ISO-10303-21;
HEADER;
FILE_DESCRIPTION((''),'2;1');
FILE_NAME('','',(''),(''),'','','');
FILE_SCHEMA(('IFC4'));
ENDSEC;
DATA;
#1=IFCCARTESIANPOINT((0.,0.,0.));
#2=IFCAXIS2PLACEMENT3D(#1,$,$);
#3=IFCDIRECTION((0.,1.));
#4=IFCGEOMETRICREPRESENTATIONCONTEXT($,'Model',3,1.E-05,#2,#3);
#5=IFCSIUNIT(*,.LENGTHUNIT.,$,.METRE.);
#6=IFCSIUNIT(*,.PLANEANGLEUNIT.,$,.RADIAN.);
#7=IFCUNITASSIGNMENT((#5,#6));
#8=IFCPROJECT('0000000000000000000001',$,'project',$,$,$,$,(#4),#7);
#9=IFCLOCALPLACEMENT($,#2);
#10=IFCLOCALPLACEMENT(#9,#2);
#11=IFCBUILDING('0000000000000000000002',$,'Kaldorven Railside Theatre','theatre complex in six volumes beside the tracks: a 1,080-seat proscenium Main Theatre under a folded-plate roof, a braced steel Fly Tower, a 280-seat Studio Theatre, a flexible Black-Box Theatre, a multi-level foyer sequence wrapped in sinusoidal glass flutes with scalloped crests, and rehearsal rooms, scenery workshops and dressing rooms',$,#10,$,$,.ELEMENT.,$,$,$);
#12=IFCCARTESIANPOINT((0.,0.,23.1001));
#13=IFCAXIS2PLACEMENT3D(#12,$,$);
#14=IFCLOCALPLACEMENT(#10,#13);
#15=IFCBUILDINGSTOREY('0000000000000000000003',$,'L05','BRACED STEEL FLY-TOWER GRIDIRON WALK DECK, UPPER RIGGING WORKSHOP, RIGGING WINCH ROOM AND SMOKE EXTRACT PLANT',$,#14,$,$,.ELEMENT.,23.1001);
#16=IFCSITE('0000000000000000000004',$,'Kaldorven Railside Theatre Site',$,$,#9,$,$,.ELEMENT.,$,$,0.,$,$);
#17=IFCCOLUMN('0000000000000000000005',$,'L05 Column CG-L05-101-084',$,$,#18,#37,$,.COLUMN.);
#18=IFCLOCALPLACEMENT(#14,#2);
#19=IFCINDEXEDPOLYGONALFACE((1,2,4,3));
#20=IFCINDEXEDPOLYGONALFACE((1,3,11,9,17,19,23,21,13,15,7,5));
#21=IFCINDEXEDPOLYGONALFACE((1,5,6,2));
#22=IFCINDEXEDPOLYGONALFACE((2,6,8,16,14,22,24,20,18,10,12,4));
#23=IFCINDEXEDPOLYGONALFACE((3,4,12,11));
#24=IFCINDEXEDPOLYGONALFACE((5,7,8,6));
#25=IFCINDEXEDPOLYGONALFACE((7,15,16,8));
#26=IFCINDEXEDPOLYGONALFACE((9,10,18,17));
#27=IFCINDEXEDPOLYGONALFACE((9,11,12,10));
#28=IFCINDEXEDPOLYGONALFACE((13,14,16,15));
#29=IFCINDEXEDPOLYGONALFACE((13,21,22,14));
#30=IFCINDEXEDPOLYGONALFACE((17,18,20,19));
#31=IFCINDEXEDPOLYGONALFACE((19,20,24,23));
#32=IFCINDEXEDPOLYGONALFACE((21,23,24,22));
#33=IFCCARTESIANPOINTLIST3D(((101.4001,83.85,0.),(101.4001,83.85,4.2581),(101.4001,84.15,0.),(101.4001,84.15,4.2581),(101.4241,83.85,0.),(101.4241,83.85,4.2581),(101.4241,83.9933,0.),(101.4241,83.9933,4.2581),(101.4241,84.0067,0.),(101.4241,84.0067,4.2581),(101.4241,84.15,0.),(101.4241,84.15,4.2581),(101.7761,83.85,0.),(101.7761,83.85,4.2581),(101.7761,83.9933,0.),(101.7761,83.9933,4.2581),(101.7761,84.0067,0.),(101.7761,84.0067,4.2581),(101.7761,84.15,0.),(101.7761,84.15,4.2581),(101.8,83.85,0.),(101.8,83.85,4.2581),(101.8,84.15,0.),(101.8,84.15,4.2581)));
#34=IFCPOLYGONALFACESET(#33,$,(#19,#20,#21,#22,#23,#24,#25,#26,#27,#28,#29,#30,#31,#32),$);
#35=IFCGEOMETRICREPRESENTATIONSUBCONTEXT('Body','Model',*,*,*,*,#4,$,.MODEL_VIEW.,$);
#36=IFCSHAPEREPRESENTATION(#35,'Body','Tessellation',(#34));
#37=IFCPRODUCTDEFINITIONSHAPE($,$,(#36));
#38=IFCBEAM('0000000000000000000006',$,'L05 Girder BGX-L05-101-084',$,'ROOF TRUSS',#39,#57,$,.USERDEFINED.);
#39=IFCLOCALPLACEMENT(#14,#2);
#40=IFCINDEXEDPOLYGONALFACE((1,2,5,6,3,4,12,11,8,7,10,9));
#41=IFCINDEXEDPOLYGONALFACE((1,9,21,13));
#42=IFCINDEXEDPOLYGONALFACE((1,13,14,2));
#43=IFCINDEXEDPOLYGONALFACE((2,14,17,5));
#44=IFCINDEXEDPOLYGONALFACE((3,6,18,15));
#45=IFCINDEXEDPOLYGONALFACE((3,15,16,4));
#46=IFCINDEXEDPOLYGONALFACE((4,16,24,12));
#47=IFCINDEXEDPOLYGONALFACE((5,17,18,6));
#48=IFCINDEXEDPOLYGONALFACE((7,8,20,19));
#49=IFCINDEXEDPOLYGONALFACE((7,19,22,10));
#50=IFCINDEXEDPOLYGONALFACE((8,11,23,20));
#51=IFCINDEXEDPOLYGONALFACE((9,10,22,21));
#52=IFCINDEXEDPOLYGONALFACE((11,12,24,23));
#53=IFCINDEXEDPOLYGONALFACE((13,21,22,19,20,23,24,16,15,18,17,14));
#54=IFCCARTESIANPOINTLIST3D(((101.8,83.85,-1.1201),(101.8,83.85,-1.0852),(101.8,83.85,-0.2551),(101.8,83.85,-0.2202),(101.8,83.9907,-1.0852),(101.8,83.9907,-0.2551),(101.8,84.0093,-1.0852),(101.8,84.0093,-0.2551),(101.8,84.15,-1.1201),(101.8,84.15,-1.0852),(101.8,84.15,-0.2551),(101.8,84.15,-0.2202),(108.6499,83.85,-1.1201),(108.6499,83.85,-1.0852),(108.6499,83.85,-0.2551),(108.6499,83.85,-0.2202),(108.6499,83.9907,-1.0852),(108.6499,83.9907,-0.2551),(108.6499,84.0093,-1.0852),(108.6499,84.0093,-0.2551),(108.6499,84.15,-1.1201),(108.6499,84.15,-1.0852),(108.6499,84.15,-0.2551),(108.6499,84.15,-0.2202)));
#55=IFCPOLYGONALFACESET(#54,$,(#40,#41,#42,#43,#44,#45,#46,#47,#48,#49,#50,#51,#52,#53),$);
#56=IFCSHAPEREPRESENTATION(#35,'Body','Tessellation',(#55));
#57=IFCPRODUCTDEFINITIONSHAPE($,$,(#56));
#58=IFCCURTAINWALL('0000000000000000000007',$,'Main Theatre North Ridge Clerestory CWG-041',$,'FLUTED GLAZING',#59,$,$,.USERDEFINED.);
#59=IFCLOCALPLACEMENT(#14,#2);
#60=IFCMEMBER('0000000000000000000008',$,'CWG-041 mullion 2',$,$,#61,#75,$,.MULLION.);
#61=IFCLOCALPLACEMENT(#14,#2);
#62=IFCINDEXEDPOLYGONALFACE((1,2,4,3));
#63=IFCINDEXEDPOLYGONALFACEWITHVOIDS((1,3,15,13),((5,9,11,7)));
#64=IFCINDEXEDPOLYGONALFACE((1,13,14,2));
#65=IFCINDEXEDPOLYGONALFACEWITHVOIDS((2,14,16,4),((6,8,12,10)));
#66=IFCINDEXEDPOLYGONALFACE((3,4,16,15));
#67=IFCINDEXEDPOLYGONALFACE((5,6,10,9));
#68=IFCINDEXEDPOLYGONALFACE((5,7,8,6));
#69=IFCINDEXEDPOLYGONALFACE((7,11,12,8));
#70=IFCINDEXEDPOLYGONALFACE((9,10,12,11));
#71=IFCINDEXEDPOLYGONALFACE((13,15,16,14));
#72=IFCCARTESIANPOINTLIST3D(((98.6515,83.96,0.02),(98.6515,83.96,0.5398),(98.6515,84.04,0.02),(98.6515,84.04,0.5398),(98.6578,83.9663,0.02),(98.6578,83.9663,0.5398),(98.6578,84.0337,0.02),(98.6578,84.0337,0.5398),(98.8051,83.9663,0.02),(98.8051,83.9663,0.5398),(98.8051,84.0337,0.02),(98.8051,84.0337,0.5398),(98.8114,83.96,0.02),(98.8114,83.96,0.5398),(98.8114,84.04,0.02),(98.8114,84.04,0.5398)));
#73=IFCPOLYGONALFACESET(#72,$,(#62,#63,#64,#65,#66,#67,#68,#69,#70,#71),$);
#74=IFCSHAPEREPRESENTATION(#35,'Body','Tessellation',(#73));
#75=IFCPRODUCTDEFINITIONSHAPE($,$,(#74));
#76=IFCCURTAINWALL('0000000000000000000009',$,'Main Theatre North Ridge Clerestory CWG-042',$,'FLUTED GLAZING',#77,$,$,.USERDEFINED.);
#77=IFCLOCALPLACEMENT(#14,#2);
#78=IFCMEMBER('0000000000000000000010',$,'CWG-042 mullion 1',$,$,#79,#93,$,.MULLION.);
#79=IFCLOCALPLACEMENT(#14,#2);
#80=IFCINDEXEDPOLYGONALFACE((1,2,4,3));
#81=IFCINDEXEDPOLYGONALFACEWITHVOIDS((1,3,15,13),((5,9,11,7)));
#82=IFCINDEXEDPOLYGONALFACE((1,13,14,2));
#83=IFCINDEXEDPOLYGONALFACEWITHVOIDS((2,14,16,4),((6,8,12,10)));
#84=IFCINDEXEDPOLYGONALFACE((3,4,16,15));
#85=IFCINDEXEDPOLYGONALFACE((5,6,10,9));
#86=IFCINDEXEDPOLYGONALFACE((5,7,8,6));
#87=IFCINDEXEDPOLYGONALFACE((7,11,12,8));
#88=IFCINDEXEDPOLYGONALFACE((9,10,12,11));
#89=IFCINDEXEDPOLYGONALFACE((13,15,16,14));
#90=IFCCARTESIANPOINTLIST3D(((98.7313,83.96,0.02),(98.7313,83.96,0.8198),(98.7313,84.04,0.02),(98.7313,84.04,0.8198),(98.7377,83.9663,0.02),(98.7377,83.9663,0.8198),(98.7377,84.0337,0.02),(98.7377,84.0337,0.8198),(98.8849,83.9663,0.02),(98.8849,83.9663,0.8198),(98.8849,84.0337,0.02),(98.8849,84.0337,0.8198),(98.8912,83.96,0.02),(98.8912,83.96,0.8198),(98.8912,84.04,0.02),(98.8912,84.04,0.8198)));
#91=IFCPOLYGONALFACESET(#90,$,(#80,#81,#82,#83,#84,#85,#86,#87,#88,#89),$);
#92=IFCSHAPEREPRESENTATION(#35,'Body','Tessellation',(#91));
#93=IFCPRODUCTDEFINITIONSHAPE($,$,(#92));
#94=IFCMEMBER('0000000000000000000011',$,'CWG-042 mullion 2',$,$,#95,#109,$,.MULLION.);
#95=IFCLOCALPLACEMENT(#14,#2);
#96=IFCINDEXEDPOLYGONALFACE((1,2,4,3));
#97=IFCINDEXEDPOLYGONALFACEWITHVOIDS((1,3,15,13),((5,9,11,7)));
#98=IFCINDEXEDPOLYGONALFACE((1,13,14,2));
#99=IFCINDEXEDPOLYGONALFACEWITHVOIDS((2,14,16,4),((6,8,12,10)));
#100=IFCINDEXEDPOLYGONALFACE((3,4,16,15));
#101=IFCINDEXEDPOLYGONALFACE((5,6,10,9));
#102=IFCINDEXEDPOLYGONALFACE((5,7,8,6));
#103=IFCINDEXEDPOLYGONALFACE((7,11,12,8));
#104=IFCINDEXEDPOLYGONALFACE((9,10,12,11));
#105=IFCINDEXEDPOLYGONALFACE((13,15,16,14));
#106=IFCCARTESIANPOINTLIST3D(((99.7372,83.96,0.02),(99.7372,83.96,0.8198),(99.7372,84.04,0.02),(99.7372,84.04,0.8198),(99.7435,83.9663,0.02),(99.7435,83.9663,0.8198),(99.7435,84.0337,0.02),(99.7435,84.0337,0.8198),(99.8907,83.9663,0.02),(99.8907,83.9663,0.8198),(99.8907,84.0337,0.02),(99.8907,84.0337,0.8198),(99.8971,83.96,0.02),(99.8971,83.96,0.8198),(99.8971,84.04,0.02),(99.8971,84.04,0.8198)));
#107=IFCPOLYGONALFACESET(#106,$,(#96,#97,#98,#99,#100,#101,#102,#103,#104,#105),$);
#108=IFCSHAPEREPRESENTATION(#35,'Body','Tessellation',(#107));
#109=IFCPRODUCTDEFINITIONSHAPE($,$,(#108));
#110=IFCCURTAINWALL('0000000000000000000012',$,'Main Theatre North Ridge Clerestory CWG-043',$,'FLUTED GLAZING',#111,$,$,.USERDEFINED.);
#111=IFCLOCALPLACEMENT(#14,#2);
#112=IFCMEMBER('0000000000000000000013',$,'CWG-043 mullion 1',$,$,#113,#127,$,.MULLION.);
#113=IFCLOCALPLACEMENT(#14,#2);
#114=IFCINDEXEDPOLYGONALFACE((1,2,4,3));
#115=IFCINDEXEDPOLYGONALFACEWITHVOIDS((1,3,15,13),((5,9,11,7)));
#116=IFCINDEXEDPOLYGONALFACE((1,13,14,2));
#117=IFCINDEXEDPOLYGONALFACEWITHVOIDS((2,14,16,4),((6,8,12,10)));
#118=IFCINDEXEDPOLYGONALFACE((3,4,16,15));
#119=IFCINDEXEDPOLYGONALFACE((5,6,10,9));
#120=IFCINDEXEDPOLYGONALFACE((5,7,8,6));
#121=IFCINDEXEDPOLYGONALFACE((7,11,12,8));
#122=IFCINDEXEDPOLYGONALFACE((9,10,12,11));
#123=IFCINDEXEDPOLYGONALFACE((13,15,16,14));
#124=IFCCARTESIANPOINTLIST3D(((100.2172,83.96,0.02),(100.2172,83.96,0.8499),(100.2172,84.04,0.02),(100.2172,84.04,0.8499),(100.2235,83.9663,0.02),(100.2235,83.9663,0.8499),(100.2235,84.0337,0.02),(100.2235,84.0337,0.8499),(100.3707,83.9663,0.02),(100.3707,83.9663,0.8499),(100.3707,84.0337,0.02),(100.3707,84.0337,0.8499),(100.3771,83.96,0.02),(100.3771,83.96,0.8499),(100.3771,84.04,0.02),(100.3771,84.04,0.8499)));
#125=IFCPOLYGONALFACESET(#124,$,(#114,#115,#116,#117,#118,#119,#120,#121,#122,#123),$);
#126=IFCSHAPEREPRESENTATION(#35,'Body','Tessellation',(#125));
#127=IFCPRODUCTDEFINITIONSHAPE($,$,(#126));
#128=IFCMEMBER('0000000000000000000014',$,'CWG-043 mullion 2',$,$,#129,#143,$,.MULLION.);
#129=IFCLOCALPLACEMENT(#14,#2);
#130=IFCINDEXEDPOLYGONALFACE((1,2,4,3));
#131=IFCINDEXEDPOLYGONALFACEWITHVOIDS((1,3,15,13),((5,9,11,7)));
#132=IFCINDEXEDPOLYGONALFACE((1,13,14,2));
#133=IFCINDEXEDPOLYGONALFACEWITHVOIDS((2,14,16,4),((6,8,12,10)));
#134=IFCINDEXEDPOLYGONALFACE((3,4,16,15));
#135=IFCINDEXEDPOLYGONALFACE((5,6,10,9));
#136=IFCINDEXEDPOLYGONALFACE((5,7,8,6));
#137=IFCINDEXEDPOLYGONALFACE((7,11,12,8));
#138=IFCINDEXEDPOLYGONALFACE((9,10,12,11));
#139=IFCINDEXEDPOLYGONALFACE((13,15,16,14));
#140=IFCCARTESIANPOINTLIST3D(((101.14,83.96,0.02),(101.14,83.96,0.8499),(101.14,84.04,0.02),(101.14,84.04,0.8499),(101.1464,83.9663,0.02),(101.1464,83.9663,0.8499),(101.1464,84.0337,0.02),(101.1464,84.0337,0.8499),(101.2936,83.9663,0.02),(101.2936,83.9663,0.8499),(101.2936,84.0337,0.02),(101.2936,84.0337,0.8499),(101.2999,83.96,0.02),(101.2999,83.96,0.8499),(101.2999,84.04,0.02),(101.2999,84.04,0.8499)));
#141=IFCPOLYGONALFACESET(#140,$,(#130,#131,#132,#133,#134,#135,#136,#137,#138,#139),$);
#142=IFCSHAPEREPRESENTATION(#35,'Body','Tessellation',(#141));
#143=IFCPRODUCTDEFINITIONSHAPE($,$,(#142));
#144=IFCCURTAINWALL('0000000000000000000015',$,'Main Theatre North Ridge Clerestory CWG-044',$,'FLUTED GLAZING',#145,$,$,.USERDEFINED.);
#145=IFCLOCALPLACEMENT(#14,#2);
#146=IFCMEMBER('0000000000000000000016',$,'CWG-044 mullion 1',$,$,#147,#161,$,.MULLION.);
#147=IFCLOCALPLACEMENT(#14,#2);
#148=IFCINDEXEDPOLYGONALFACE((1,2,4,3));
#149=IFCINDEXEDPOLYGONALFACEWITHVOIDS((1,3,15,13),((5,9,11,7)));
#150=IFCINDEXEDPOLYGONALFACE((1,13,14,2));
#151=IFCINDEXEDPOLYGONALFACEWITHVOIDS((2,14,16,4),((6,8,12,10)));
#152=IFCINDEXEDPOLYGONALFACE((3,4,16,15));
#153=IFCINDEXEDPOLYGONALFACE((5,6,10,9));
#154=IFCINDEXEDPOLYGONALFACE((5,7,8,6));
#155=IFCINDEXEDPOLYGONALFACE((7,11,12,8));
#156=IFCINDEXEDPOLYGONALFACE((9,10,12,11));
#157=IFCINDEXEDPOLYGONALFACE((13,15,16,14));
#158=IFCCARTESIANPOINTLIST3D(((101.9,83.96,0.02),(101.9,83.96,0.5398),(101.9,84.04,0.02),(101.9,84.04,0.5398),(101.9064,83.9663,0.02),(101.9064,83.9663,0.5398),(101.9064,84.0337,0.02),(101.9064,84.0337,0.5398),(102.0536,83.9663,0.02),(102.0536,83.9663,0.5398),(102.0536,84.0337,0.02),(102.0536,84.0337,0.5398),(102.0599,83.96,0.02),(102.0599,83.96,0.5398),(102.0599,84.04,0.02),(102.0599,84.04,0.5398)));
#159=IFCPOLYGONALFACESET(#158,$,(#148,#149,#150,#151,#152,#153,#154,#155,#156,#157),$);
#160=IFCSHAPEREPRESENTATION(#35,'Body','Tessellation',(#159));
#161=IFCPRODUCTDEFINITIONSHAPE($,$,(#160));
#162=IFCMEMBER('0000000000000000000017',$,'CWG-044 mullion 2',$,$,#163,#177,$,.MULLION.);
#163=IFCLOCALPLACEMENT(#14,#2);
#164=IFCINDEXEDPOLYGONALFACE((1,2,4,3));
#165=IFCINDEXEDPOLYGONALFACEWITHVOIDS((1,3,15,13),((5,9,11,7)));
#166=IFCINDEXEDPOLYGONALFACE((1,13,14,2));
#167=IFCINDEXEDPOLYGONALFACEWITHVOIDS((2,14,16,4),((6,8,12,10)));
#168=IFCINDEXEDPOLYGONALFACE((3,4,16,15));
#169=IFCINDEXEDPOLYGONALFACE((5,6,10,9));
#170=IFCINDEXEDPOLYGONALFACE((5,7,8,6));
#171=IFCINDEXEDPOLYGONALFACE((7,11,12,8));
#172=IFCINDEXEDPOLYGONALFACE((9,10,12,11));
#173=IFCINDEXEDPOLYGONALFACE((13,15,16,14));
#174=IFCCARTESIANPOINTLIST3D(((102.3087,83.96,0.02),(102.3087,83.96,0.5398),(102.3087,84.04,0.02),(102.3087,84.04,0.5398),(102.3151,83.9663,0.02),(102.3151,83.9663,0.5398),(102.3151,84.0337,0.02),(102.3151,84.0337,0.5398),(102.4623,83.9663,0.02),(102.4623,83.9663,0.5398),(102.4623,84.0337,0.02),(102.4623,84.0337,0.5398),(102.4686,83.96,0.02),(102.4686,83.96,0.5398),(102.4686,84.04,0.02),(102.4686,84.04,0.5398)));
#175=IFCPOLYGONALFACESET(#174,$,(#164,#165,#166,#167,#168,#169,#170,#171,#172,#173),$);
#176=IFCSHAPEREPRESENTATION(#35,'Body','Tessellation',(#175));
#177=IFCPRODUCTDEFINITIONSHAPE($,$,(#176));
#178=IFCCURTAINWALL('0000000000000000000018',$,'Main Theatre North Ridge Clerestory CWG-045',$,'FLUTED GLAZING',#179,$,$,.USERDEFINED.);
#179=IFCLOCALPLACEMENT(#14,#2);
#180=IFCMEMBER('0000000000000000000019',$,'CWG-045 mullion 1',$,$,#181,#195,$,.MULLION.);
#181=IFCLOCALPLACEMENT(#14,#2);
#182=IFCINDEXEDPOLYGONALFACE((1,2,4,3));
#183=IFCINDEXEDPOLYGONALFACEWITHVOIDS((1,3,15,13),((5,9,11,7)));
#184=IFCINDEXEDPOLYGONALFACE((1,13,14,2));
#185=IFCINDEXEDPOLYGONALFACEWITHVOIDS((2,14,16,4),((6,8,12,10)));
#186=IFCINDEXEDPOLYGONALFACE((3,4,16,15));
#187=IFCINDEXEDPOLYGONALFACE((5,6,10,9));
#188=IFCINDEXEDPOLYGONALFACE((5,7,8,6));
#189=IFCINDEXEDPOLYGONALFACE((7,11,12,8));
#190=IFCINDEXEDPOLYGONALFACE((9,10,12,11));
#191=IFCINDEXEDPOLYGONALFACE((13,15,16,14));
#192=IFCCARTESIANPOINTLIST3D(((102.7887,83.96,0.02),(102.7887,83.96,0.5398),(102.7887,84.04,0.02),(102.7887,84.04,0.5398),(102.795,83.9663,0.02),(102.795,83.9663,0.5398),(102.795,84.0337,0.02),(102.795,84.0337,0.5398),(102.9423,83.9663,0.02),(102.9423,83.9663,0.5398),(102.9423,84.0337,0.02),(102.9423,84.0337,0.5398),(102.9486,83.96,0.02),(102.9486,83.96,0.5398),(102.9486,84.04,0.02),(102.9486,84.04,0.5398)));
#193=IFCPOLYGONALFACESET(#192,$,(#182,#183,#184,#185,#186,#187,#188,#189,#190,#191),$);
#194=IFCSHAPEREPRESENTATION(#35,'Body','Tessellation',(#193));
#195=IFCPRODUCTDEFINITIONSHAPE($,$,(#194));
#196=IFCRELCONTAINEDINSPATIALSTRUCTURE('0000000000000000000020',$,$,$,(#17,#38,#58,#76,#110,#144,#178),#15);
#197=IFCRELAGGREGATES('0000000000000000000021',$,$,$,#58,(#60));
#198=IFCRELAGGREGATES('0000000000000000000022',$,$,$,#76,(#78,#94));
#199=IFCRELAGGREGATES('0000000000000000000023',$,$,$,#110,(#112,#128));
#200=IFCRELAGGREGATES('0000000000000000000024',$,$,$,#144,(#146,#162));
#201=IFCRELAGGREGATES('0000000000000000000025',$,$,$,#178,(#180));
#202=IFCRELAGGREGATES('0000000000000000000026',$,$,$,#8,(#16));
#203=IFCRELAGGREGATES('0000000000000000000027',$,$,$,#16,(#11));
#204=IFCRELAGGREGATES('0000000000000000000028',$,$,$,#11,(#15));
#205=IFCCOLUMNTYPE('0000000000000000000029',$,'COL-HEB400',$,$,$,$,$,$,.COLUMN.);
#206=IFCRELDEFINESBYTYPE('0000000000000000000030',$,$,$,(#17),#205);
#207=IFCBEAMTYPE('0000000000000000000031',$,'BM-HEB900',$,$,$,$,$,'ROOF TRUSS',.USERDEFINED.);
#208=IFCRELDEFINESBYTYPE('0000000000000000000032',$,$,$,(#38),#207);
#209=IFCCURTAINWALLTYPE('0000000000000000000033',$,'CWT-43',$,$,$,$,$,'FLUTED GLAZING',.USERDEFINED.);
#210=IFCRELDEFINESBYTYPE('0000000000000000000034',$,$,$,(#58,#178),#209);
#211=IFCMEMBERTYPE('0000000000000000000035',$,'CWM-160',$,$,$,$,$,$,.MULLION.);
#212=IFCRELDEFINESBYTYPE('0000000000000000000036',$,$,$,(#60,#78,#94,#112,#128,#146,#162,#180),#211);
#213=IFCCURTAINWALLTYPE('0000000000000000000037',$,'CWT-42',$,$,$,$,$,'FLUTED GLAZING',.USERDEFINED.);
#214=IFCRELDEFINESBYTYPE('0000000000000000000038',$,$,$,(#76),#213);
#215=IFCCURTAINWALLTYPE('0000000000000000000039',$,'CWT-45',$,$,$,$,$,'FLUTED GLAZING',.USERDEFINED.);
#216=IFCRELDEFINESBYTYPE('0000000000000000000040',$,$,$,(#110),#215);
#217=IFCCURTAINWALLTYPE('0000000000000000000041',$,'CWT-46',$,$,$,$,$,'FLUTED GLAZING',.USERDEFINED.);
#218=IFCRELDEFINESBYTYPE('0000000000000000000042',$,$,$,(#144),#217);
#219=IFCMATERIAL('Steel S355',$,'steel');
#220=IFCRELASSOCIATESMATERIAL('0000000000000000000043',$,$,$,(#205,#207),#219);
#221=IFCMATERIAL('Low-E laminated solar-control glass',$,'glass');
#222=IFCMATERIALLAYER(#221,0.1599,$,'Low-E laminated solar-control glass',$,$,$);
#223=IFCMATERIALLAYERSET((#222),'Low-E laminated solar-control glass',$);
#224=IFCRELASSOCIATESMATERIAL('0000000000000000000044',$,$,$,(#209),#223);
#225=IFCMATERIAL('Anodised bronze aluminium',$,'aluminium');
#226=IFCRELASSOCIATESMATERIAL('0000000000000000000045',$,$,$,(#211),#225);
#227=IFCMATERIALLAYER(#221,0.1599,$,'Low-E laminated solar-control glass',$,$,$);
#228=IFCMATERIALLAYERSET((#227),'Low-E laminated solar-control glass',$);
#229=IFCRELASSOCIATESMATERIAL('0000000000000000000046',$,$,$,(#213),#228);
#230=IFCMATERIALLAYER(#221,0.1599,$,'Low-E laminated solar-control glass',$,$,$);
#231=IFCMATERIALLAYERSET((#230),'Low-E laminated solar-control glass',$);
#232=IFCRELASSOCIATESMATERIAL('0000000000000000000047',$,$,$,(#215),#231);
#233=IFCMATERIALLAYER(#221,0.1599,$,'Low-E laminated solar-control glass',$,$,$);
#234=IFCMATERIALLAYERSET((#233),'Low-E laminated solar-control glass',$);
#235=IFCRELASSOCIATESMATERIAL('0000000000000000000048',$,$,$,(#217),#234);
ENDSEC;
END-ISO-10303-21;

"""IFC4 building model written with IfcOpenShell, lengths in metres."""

from ifc_helpers import new_model, si_unit, direction, frame, origin, origin_2d, place, context, subcontext, project, spatial, hollow_rectangle, i_section, extrude, material, layer, layer_set, material_profile, profile_set, type_object, element, aggregate, save


model = new_model("IFC4")

# Units and contexts
model_context = context("Model", 3, precision=1e-05, world=origin(), true_north=direction((0.0, 1.0)))
body_context = subcontext(model_context, "Body", "Model", "MODEL_VIEW")
ifc_project = project(units=[si_unit("LENGTHUNIT", "METRE"), si_unit("PLANEANGLEUNIT", "RADIAN")], contexts=[model_context])

# Site, building, storey
site_placement = place(None, origin())
site = spatial("IfcSite", under=ifc_project, at=site_placement, Name="Kaldorven Railside Theatre Site", CompositionType="ELEMENT", RefElevation=0.0)
building_placement = place(site_placement, origin())
building = spatial("IfcBuilding", under=site, at=building_placement, Name="Kaldorven Railside Theatre", Description="theatre complex in six volumes beside the tracks: a 1,080-seat proscenium Main Theatre under a folded-plate roof, a braced steel Fly Tower, a 280-seat Studio Theatre, a flexible Black-Box Theatre, a multi-level foyer sequence wrapped in sinusoidal glass flutes with scalloped crests, and rehearsal rooms, scenery workshops and dressing rooms", CompositionType="ELEMENT")
storey_placement = place(building_placement, frame((0.0, 0.0, 23.1001)))
storey = spatial("IfcBuildingStorey", under=building, at=storey_placement, Name="L05", Description="BRACED STEEL FLY-TOWER GRIDIRON WALK DECK, UPPER RIGGING WORKSHOP, RIGGING WINCH ROOM AND SMOKE EXTRACT PLANT", CompositionType="ELEMENT", Elevation=23.1001)

# Column
ifc_material_1 = material(Name="Steel S355", Category="steel")
ifc_material_profile_1 = material_profile(ifc_material_1, i_section(OverallWidth=0.3, OverallDepth=0.3999, WebThickness=0.0134, FlangeThickness=0.0239, at=origin_2d()), Name="HEB 400")
ifc_profile_set_1 = profile_set([ifc_material_profile_1], Name="Steel S355")
column_type = type_object("IfcColumnType", Name="COL-HEB400", PredefinedType="COLUMN", material=ifc_profile_set_1)
column_placement = place(storey_placement, frame((101.6001, 84.0, 0.0), z_axis=(0.0, 0.0, 1.0), x_axis=(0.0, 1.0, 0.0)))
element("IfcColumn", 1, at=column_placement, inside=storey, type_object=column_type, Name="L05 Column CG-L05-101-084", PredefinedType="COLUMN", context=body_context, shape_type="SweptSolid", body=[
    extrude(i_section(OverallWidth=0.3, OverallDepth=0.3999, WebThickness=0.0134, FlangeThickness=0.0239, at=origin_2d()), origin(), (0.0, 0.0, 1.0), 4.2581),
])

# Beam
ifc_material_profile_2 = material_profile(ifc_material_1, i_section(OverallWidth=0.3, OverallDepth=0.8999, WebThickness=0.0186, FlangeThickness=0.0349, at=origin_2d()), Name="HEB 900")
ifc_profile_set_2 = profile_set([ifc_material_profile_2], Name="Steel S355")
beam_type = type_object("IfcBeamType", Name="BM-HEB900", ElementType="ROOF TRUSS", PredefinedType="USERDEFINED", material=ifc_profile_set_2)
beam_placement = place(storey_placement, frame((101.8, 84.0, -0.6702), z_axis=(1.0, 0.0, 0.0), x_axis=(0.0, 1.0, 0.0)))
element("IfcBeam", 2, at=beam_placement, inside=storey, type_object=beam_type, Name="L05 Girder BGX-L05-101-084", ObjectType="ROOF TRUSS", PredefinedType="USERDEFINED", context=body_context, shape_type="SweptSolid", body=[
    extrude(i_section(OverallWidth=0.3, OverallDepth=0.8999, WebThickness=0.0186, FlangeThickness=0.0349, at=origin_2d()), origin(), (0.0, 0.0, 1.0), 6.8499),
])

# Curtain wall, member
ifc_material_2 = material(Name="Low-E laminated solar-control glass", Category="glass")
ifc_layer_1 = layer(ifc_material_2, 0.1599, Name="Low-E laminated solar-control glass")
ifc_layer_set_1 = layer_set([ifc_layer_1], Name="Low-E laminated solar-control glass")
curtain_wall_type_1 = type_object("IfcCurtainWallType", Name="CWT-43", ElementType="FLUTED GLAZING", PredefinedType="USERDEFINED", material=ifc_layer_set_1)
curtain_wall_1_placement = place(storey_placement, origin())
curtain_wall_1 = element("IfcCurtainWall", 3, at=curtain_wall_1_placement, inside=storey, type_object=curtain_wall_type_1, Name="Main Theatre North Ridge Clerestory CWG-041", ObjectType="FLUTED GLAZING", PredefinedType="USERDEFINED")
ifc_material_3 = material(Name="Anodised bronze aluminium", Category="aluminium")
ifc_material_profile_3 = material_profile(ifc_material_3, hollow_rectangle(XDim=0.0801, YDim=0.1599, WallThickness=0.0063, at=origin_2d()), Name="RHS 160x80x6.3")
ifc_profile_set_3 = profile_set([ifc_material_profile_3], Name="Anodised bronze aluminium")
member_type_1 = type_object("IfcMemberType", Name="CWM-160", PredefinedType="MULLION", material=ifc_profile_set_3)
member_1_placement = place(storey_placement, frame((98.7314, 84.0, 0.02), z_axis=(0.0, 0.0, 1.0), x_axis=(0.0, 1.0, 0.0)))
member_1 = element("IfcMember", 4, at=member_1_placement, type_object=member_type_1, Name="CWG-041 mullion 2", PredefinedType="MULLION", context=body_context, shape_type="SweptSolid", body=[
    extrude(hollow_rectangle(XDim=0.0801, YDim=0.1599, WallThickness=0.0063, at=origin_2d()), origin(), (0.0, 0.0, 1.0), 0.5198),
])

# Curtain walls, members
ifc_layer_2 = layer(ifc_material_2, 0.1599, Name="Low-E laminated solar-control glass")
ifc_layer_set_2 = layer_set([ifc_layer_2], Name="Low-E laminated solar-control glass")
curtain_wall_type_2 = type_object("IfcCurtainWallType", Name="CWT-42", ElementType="FLUTED GLAZING", PredefinedType="USERDEFINED", material=ifc_layer_set_2)
curtain_wall_2_placement = place(storey_placement, origin())
curtain_wall_2 = element("IfcCurtainWall", 5, at=curtain_wall_2_placement, inside=storey, type_object=curtain_wall_type_2, Name="Main Theatre North Ridge Clerestory CWG-042", ObjectType="FLUTED GLAZING", PredefinedType="USERDEFINED")
member_2_placement = place(storey_placement, frame((98.8113, 84.0, 0.02), z_axis=(0.0, 0.0, 1.0), x_axis=(0.0, 1.0, 0.0)))
member_2 = element("IfcMember", 6, at=member_2_placement, type_object=member_type_1, Name="CWG-042 mullion 1", PredefinedType="MULLION", context=body_context, shape_type="SweptSolid", body=[
    extrude(hollow_rectangle(XDim=0.0801, YDim=0.1599, WallThickness=0.0063, at=origin_2d()), origin(), (0.0, 0.0, 1.0), 0.7998),
])
member_3_placement = place(storey_placement, frame((99.8171, 84.0, 0.02), z_axis=(0.0, 0.0, 1.0), x_axis=(0.0, 1.0, 0.0)))
member_3 = element("IfcMember", 7, at=member_3_placement, type_object=member_type_1, Name="CWG-042 mullion 2", PredefinedType="MULLION", context=body_context, shape_type="SweptSolid", body=[
    extrude(hollow_rectangle(XDim=0.0801, YDim=0.1599, WallThickness=0.0063, at=origin_2d()), origin(), (0.0, 0.0, 1.0), 0.7998),
])
ifc_layer_3 = layer(ifc_material_2, 0.1599, Name="Low-E laminated solar-control glass")
ifc_layer_set_3 = layer_set([ifc_layer_3], Name="Low-E laminated solar-control glass")
curtain_wall_type_3 = type_object("IfcCurtainWallType", Name="CWT-45", ElementType="FLUTED GLAZING", PredefinedType="USERDEFINED", material=ifc_layer_set_3)
curtain_wall_3_placement = place(storey_placement, origin())
curtain_wall_3 = element("IfcCurtainWall", 8, at=curtain_wall_3_placement, inside=storey, type_object=curtain_wall_type_3, Name="Main Theatre North Ridge Clerestory CWG-043", ObjectType="FLUTED GLAZING", PredefinedType="USERDEFINED")
member_4_placement = place(storey_placement, frame((100.2971, 84.0, 0.02), z_axis=(0.0, 0.0, 1.0), x_axis=(0.0, 1.0, 0.0)))
member_4 = element("IfcMember", 9, at=member_4_placement, type_object=member_type_1, Name="CWG-043 mullion 1", PredefinedType="MULLION", context=body_context, shape_type="SweptSolid", body=[
    extrude(hollow_rectangle(XDim=0.0801, YDim=0.1599, WallThickness=0.0063, at=origin_2d()), origin(), (0.0, 0.0, 1.0), 0.8298),
])
member_5_placement = place(storey_placement, frame((101.22, 84.0, 0.02), z_axis=(0.0, 0.0, 1.0), x_axis=(0.0, 1.0, 0.0)))
member_5 = element("IfcMember", 10, at=member_5_placement, type_object=member_type_1, Name="CWG-043 mullion 2", PredefinedType="MULLION", context=body_context, shape_type="SweptSolid", body=[
    extrude(hollow_rectangle(XDim=0.0801, YDim=0.1599, WallThickness=0.0063, at=origin_2d()), origin(), (0.0, 0.0, 1.0), 0.8298),
])
ifc_layer_4 = layer(ifc_material_2, 0.1599, Name="Low-E laminated solar-control glass")
ifc_layer_set_4 = layer_set([ifc_layer_4], Name="Low-E laminated solar-control glass")
curtain_wall_type_4 = type_object("IfcCurtainWallType", Name="CWT-46", ElementType="FLUTED GLAZING", PredefinedType="USERDEFINED", material=ifc_layer_set_4)
curtain_wall_4_placement = place(storey_placement, origin())
curtain_wall_4 = element("IfcCurtainWall", 11, at=curtain_wall_4_placement, inside=storey, type_object=curtain_wall_type_4, Name="Main Theatre North Ridge Clerestory CWG-044", ObjectType="FLUTED GLAZING", PredefinedType="USERDEFINED")
member_6_placement = place(storey_placement, frame((101.98, 84.0, 0.02), z_axis=(0.0, 0.0, 1.0), x_axis=(0.0, 1.0, 0.0)))
member_6 = element("IfcMember", 12, at=member_6_placement, type_object=member_type_1, Name="CWG-044 mullion 1", PredefinedType="MULLION", context=body_context, shape_type="SweptSolid", body=[
    extrude(hollow_rectangle(XDim=0.0801, YDim=0.1599, WallThickness=0.0063, at=origin_2d()), origin(), (0.0, 0.0, 1.0), 0.5198),
])
member_7_placement = place(storey_placement, frame((102.3887, 84.0, 0.02), z_axis=(0.0, 0.0, 1.0), x_axis=(0.0, 1.0, 0.0)))
member_7 = element("IfcMember", 13, at=member_7_placement, type_object=member_type_1, Name="CWG-044 mullion 2", PredefinedType="MULLION", context=body_context, shape_type="SweptSolid", body=[
    extrude(hollow_rectangle(XDim=0.0801, YDim=0.1599, WallThickness=0.0063, at=origin_2d()), origin(), (0.0, 0.0, 1.0), 0.5198),
])
curtain_wall_5_placement = place(storey_placement, origin())
curtain_wall_5 = element("IfcCurtainWall", 14, at=curtain_wall_5_placement, inside=storey, type_object=curtain_wall_type_1, Name="Main Theatre North Ridge Clerestory CWG-045", ObjectType="FLUTED GLAZING", PredefinedType="USERDEFINED")
member_8_placement = place(storey_placement, frame((102.8687, 84.0, 0.02), z_axis=(0.0, 0.0, 1.0), x_axis=(0.0, 1.0, 0.0)))
member_8 = element("IfcMember", 15, at=member_8_placement, type_object=member_type_1, Name="CWG-045 mullion 1", PredefinedType="MULLION", context=body_context, shape_type="SweptSolid", body=[
    extrude(hollow_rectangle(XDim=0.0801, YDim=0.1599, WallThickness=0.0063, at=origin_2d()), origin(), (0.0, 0.0, 1.0), 0.5198),
])

aggregate(curtain_wall_1, [member_1])
aggregate(curtain_wall_2, [member_2, member_3])
aggregate(curtain_wall_3, [member_4, member_5])
aggregate(curtain_wall_4, [member_6, member_7])
aggregate(curtain_wall_5, [member_8])

save(model, "model.ifc")
